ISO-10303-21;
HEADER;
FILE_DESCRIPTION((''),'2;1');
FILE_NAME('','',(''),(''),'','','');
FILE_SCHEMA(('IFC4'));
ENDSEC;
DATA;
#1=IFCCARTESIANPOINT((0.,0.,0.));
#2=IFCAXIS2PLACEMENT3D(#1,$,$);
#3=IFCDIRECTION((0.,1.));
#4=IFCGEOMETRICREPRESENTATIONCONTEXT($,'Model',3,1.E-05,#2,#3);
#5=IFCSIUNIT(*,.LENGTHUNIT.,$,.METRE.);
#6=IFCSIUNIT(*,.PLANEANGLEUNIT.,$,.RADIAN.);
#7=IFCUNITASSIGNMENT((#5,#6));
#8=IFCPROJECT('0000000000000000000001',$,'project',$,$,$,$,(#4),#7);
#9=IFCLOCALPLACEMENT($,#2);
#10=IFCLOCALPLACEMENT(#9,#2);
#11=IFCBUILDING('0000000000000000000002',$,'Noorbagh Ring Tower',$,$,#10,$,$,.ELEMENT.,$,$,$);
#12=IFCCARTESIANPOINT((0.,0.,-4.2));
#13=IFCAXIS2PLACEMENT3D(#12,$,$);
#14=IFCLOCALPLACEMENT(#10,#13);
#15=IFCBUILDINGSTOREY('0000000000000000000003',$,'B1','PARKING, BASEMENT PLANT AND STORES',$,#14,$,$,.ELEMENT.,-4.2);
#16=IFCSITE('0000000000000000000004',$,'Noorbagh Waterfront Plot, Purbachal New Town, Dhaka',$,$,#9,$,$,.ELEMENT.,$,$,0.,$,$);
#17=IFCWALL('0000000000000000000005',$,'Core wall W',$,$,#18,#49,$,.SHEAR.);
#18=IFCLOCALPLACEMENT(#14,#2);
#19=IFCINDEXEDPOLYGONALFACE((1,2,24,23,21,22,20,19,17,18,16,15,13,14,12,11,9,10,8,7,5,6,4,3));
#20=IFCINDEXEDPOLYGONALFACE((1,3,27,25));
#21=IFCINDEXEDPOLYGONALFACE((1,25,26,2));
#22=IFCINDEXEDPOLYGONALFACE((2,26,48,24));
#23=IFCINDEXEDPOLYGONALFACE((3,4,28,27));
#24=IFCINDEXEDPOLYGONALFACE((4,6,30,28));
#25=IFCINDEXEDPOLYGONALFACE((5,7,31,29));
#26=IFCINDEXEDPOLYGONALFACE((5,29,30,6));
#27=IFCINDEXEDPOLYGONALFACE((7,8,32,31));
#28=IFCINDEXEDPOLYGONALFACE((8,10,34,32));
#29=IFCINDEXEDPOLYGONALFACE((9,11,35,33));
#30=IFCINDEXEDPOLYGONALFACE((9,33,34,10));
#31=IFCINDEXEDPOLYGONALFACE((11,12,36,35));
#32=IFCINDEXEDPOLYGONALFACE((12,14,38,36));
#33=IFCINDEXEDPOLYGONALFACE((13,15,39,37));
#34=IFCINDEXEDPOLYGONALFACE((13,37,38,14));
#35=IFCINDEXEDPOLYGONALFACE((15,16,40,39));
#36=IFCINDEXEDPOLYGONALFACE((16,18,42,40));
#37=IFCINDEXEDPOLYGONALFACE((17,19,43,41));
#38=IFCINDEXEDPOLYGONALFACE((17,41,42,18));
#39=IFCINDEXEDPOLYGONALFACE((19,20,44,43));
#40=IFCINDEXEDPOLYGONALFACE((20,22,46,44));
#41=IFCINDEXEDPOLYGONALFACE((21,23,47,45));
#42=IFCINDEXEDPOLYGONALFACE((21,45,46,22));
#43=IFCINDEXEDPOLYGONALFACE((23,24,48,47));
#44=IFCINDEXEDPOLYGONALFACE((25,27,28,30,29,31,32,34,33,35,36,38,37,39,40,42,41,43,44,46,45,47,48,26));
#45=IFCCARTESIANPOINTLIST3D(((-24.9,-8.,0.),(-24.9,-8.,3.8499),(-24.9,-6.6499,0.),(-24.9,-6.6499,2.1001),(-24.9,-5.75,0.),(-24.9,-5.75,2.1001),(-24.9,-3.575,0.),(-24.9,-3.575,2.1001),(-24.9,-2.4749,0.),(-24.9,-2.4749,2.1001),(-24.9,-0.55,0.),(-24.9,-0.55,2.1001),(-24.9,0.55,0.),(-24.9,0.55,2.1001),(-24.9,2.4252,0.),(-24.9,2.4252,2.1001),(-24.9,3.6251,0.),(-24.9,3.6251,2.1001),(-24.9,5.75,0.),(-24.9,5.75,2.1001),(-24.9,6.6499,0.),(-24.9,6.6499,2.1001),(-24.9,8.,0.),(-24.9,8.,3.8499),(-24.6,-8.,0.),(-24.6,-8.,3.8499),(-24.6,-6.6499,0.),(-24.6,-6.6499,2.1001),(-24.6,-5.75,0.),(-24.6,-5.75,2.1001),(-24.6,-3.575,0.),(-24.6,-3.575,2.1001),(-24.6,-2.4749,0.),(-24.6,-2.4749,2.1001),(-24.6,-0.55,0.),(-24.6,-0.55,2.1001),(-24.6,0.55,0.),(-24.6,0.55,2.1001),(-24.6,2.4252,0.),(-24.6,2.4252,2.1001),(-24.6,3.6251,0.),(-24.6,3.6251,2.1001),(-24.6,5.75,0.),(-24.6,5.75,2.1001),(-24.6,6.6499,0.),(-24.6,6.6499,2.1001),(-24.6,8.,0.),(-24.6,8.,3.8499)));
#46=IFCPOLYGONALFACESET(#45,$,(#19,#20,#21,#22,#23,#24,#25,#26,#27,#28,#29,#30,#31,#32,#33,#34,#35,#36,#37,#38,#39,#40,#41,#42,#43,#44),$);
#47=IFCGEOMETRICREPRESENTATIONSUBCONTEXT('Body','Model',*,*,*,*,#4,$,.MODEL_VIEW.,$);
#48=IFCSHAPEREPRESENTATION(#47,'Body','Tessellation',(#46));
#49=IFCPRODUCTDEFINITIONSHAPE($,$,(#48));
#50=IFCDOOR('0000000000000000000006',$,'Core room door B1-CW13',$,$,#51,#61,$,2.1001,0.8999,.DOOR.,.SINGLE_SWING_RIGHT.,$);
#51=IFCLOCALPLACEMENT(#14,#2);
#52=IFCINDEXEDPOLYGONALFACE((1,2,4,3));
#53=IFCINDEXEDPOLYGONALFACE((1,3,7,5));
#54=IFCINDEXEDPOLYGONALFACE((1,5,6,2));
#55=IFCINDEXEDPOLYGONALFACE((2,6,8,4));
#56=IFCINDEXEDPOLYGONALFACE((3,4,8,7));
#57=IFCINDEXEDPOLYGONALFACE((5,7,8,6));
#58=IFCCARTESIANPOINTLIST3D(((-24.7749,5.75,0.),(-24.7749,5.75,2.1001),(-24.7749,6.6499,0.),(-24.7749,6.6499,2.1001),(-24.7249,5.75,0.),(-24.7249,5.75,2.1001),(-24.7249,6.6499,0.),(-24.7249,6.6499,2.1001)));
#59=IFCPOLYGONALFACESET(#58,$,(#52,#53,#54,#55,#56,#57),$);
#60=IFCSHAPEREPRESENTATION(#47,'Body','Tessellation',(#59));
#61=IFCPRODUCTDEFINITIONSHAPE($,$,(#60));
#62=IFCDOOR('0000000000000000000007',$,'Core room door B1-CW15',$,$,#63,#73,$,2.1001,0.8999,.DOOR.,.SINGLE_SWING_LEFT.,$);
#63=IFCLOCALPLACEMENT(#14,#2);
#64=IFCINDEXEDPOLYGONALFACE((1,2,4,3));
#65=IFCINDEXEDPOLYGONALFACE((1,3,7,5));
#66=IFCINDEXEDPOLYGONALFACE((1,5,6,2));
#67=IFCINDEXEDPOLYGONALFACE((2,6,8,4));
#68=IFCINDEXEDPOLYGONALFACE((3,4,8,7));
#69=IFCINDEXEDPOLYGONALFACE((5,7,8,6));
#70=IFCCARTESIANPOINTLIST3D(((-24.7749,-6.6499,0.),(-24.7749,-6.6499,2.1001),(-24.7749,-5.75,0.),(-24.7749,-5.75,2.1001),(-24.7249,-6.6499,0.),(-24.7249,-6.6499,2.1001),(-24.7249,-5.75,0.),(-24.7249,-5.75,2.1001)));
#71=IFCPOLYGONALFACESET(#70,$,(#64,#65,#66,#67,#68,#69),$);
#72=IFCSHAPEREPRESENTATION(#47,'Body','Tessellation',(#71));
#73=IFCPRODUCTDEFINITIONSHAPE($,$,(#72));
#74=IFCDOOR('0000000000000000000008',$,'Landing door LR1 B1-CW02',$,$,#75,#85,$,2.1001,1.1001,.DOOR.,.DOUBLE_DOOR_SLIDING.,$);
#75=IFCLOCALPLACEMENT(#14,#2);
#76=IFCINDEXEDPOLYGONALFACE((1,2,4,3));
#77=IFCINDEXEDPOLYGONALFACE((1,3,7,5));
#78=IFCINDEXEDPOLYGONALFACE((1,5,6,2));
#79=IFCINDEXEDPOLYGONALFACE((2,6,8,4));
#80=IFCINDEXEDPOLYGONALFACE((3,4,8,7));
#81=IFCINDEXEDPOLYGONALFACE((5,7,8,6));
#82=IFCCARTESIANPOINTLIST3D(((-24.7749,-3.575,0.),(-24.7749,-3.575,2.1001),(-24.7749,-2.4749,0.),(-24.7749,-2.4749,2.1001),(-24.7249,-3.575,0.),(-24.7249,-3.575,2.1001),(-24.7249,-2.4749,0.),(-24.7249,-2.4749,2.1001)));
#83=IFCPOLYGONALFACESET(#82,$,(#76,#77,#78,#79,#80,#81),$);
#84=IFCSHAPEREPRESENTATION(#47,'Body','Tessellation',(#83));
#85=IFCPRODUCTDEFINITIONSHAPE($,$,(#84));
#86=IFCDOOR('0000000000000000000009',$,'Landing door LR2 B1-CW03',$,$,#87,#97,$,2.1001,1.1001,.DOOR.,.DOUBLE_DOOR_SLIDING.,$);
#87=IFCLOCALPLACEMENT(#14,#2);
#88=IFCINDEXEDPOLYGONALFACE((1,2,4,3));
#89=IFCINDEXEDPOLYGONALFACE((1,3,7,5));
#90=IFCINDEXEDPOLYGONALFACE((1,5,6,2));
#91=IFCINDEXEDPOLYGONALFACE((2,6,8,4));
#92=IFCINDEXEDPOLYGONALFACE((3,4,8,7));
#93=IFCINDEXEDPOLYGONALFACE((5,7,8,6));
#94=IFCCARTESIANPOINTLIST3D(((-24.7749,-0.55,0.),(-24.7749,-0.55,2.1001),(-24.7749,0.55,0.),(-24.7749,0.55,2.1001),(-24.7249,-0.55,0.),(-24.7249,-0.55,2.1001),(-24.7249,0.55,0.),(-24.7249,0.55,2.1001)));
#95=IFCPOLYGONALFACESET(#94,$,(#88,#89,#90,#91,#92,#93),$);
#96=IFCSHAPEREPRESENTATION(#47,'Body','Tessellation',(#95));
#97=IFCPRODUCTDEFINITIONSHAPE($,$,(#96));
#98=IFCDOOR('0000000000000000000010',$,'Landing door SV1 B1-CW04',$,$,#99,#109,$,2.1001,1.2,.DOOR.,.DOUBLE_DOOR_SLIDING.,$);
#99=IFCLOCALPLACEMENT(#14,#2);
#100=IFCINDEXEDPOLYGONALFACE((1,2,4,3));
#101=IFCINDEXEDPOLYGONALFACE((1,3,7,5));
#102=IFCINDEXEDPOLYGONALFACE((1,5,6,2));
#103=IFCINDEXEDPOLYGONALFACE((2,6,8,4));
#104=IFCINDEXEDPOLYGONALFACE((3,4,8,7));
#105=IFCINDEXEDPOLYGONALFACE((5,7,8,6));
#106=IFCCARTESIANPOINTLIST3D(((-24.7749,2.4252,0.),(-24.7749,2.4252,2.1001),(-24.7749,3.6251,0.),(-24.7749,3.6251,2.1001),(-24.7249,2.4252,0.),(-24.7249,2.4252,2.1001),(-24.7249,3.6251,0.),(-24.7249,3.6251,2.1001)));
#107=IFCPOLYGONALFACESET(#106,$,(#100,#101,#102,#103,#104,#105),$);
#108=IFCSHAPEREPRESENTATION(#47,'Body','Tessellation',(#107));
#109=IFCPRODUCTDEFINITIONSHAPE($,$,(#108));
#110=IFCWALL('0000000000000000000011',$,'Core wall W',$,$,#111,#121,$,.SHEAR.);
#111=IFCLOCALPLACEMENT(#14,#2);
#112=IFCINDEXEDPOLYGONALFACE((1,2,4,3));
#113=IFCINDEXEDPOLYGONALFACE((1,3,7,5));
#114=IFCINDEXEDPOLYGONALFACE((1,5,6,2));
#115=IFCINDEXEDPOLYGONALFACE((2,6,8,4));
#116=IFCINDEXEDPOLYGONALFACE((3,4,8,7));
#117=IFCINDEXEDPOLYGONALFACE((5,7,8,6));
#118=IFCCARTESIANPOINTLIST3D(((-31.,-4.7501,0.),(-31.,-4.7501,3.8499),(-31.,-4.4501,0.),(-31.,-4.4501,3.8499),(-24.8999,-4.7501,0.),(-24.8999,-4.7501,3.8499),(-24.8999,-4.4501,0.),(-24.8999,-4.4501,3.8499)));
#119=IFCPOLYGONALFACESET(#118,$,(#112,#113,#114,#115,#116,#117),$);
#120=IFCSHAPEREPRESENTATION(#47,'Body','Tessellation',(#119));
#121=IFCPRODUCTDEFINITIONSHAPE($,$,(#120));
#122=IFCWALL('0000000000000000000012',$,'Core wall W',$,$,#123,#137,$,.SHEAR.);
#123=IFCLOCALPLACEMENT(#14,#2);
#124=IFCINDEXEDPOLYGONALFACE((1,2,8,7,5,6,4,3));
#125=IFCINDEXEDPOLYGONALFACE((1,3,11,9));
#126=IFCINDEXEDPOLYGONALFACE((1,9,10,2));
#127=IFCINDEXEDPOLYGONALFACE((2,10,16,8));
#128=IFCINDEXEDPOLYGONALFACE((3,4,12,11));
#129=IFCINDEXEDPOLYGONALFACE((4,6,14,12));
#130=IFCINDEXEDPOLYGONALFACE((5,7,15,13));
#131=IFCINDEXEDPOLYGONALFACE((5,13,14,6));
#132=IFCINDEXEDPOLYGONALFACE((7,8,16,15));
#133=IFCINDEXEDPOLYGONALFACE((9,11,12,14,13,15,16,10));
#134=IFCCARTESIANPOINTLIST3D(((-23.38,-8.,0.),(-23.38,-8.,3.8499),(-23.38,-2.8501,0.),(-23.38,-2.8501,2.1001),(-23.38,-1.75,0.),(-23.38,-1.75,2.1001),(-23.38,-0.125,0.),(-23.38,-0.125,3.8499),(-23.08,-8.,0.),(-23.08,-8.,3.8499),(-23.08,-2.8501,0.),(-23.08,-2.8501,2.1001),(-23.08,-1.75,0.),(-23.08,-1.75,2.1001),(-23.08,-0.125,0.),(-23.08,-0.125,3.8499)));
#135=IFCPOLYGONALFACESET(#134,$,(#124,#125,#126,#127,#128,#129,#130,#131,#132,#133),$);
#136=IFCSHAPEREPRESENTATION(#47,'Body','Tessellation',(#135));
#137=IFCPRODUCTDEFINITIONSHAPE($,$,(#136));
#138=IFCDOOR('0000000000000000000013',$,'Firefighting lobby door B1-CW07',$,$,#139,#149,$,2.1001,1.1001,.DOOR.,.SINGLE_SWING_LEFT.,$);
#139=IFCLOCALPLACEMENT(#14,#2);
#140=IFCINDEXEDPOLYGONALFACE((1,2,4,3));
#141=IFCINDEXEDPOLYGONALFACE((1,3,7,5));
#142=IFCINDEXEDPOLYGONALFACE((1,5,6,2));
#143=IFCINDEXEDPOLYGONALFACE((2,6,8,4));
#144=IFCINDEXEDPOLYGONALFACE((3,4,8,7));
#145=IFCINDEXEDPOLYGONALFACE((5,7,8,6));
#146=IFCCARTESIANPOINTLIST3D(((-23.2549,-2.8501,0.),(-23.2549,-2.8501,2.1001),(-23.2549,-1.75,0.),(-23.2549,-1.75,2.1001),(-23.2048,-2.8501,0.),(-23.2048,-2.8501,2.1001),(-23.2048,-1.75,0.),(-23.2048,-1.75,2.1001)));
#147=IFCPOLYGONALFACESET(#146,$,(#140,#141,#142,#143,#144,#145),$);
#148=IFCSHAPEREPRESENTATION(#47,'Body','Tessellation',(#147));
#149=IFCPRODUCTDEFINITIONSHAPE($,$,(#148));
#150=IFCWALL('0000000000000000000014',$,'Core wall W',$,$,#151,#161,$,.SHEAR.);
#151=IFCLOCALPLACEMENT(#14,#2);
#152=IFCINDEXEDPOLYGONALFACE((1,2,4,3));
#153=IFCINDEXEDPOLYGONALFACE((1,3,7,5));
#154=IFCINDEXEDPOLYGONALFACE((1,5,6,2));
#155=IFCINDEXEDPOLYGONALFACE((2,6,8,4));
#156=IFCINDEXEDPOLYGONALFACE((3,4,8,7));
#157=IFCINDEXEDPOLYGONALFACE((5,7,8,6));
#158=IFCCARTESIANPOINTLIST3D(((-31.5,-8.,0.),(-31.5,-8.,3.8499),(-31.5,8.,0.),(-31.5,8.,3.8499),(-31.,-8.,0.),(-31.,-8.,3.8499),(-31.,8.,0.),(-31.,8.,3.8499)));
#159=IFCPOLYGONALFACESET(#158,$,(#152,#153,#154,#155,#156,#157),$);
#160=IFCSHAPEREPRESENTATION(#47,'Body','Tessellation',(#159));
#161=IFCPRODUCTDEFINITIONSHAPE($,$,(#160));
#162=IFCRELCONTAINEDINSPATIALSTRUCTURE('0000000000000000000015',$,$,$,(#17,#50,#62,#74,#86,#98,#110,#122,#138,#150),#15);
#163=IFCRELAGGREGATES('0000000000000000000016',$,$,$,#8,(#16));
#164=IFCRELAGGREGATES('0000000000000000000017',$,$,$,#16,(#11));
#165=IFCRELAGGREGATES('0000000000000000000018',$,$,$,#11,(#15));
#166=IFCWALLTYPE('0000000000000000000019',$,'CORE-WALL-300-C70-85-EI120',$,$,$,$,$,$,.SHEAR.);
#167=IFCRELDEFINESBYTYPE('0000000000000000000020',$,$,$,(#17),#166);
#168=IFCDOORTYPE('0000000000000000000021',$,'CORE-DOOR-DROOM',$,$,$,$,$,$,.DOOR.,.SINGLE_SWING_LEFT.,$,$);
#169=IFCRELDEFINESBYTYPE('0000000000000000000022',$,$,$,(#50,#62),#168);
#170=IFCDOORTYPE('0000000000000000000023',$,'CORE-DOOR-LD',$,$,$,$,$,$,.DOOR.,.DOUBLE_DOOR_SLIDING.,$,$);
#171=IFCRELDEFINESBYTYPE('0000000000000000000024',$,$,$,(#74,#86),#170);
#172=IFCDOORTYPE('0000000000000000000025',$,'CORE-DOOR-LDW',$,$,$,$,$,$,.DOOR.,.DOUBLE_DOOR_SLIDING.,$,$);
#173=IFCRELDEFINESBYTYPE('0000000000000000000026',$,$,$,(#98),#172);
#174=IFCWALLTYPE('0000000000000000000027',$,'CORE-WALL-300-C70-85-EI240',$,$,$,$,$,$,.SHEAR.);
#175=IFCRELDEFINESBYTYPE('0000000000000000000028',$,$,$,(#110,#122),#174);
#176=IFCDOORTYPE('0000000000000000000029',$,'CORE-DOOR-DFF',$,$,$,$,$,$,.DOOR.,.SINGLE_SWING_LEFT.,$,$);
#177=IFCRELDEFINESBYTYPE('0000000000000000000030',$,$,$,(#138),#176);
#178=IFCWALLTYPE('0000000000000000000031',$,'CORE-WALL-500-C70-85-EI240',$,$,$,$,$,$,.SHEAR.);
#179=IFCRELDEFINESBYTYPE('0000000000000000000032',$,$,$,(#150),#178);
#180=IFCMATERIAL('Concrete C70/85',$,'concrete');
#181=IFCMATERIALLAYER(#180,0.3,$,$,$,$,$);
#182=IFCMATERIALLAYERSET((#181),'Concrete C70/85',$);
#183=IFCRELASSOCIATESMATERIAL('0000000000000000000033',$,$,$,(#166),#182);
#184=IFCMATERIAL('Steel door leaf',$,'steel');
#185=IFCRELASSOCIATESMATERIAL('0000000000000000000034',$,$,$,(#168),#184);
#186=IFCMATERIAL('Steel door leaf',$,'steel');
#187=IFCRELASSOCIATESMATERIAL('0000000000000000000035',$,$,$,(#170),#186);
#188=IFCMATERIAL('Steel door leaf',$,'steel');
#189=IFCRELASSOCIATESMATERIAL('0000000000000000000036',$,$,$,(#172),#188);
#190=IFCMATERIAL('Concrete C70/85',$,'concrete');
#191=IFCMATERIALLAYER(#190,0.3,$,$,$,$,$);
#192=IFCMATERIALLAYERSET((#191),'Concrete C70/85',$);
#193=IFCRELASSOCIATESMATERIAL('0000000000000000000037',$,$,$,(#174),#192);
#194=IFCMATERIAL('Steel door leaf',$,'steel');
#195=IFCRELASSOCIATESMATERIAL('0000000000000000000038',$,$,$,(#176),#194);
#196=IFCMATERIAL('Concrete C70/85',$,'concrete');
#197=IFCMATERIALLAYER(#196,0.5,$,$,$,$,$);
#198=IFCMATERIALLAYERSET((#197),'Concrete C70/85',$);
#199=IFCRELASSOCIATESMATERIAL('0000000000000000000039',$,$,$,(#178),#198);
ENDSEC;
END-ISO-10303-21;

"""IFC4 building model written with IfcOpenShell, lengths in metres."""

from ifc_helpers import new_model, si_unit, direction, frame, frame_2d, origin, place, context, subcontext, project, spatial, rectangle, extrude, material, layer, layer_set, type_object, element, fill, save


model = new_model("IFC4")

# Units and contexts
model_context = context("Model", 3, precision=1e-05, world=origin(), true_north=direction((0.0, 1.0)))
body_context = subcontext(model_context, "Body", "Model", "MODEL_VIEW")
ifc_project = project(units=[si_unit("LENGTHUNIT", "METRE"), si_unit("PLANEANGLEUNIT", "RADIAN")], contexts=[model_context])

# Site, building, storey
site_placement = place(None, origin())
site = spatial("IfcSite", under=ifc_project, at=site_placement, Name="Noorbagh Waterfront Plot, Purbachal New Town, Dhaka", CompositionType="ELEMENT", RefElevation=0.0)
building_placement = place(site_placement, origin())
building = spatial("IfcBuilding", under=site, at=building_placement, Name="Noorbagh Ring Tower", CompositionType="ELEMENT")
storey_placement = place(building_placement, frame((0.0, 0.0, -4.2)))
storey = spatial("IfcBuildingStorey", under=building, at=storey_placement, Name="B1", Description="PARKING, BASEMENT PLANT AND STORES", CompositionType="ELEMENT", Elevation=-4.2)

# Shared definitions
ifc_material_1 = material(Name="Concrete C70/85", Category="concrete")
ifc_layer_1 = layer(ifc_material_1, 0.3)
ifc_layer_set_1 = layer_set([ifc_layer_1], Name="Concrete C70/85")
wall_type_1 = type_object("IfcWallType", Name="CORE-WALL-300-C70-85-EI120", PredefinedType="SHEAR", material=ifc_layer_set_1)

# Wall, openings, doors
wall_1_placement = place(storey_placement, frame((-24.75, -8.0, 0.0), z_axis=(0.0, 0.0, 1.0), x_axis=(0.0, 1.0, 0.0)))
wall_1 = element("IfcWall", 1, at=wall_1_placement, inside=storey, type_object=wall_type_1, Name="Core wall W", PredefinedType="SHEAR", context=body_context, shape_type="SweptSolid", body=[
    extrude(rectangle(XDim=16.0, YDim=0.3, at=frame_2d((8.0, 0.0))), origin(), (0.0, 0.0, 1.0), 3.8499),
])
opening_1_placement = place(wall_1_placement, frame((4.425, 0.0, 0.0)))
opening_1 = element("IfcOpeningElement", 2, at=opening_1_placement, cuts=wall_1, PredefinedType="OPENING", context=body_context, shape_type="SweptSolid", body=[
    extrude(rectangle(XDim=1.1001, YDim=2.1001, at=frame_2d((0.55, 1.05))), frame((0.0, 0.1602, 0.0), z_axis=(0.0, -1.0, 0.0), x_axis=(1.0, 0.0, 0.0)), (0.0, 0.0, 1.0), 0.3201),
])
opening_2_placement = place(wall_1_placement, frame((7.45, 0.0, 0.0)))
opening_2 = element("IfcOpeningElement", 3, at=opening_2_placement, cuts=wall_1, PredefinedType="OPENING", context=body_context, shape_type="SweptSolid", body=[
    extrude(rectangle(XDim=1.1001, YDim=2.1001, at=frame_2d((0.55, 1.05))), frame((0.0, 0.1602, 0.0), z_axis=(0.0, -1.0, 0.0), x_axis=(1.0, 0.0, 0.0)), (0.0, 0.0, 1.0), 0.3201),
])
opening_3_placement = place(wall_1_placement, frame((10.425, 0.0, 0.0)))
opening_3 = element("IfcOpeningElement", 4, at=opening_3_placement, cuts=wall_1, PredefinedType="OPENING", context=body_context, shape_type="SweptSolid", body=[
    extrude(rectangle(XDim=1.2, YDim=2.1001, at=frame_2d((0.6001, 1.05))), frame((0.0, 0.1602, 0.0), z_axis=(0.0, -1.0, 0.0), x_axis=(1.0, 0.0, 0.0)), (0.0, 0.0, 1.0), 0.3201),
])
opening_4_placement = place(wall_1_placement, frame((13.75, 0.0, 0.0)))
opening_4 = element("IfcOpeningElement", 5, at=opening_4_placement, cuts=wall_1, PredefinedType="OPENING", context=body_context, shape_type="SweptSolid", body=[
    extrude(rectangle(XDim=0.8999, YDim=2.1001, at=frame_2d((0.45, 1.05))), frame((0.0, 0.1602, 0.0), z_axis=(0.0, -1.0, 0.0), x_axis=(1.0, 0.0, 0.0)), (0.0, 0.0, 1.0), 0.3201),
])
opening_5_placement = place(wall_1_placement, frame((1.3501, 0.0, 0.0)))
opening_5 = element("IfcOpeningElement", 6, at=opening_5_placement, cuts=wall_1, PredefinedType="OPENING", context=body_context, shape_type="SweptSolid", body=[
    extrude(rectangle(XDim=0.8999, YDim=2.1001, at=frame_2d((0.45, 1.05))), frame((0.0, 0.1602, 0.0), z_axis=(0.0, -1.0, 0.0), x_axis=(1.0, 0.0, 0.0)), (0.0, 0.0, 1.0), 0.3201),
])
ifc_material_2 = material(Name="Steel door leaf", Category="steel")
door_type_1 = type_object("IfcDoorType", Name="CORE-DOOR-DROOM", OperationType="SINGLE_SWING_LEFT", PredefinedType="DOOR", material=ifc_material_2)
door_1_placement = place(opening_4_placement, origin())
door_1 = element("IfcDoor", 7, at=door_1_placement, inside=storey, type_object=door_type_1, Name="Core room door B1-CW13", OperationType="SINGLE_SWING_RIGHT", OverallHeight=2.1001, OverallWidth=0.8999, PredefinedType="DOOR", context=body_context, shape_type="SweptSolid", body=[
    extrude(rectangle(XDim=0.8999, YDim=2.1001, at=frame_2d((0.45, 1.05))), frame((0.0, 0.0249, 0.0), z_axis=(0.0, -1.0, 0.0), x_axis=(1.0, 0.0, 0.0)), (0.0, 0.0, 1.0), 0.05),
])
fill(opening_4, door_1)
door_2_placement = place(opening_5_placement, origin())
door_2 = element("IfcDoor", 8, at=door_2_placement, inside=storey, type_object=door_type_1, Name="Core room door B1-CW15", OperationType="SINGLE_SWING_LEFT", OverallHeight=2.1001, OverallWidth=0.8999, PredefinedType="DOOR", context=body_context, shape_type="SweptSolid", body=[
    extrude(rectangle(XDim=0.8999, YDim=2.1001, at=frame_2d((0.45, 1.05))), frame((0.0, 0.0249, 0.0), z_axis=(0.0, -1.0, 0.0), x_axis=(1.0, 0.0, 0.0)), (0.0, 0.0, 1.0), 0.05),
])
fill(opening_5, door_2)
ifc_material_3 = material(Name="Steel door leaf", Category="steel")
door_type_2 = type_object("IfcDoorType", Name="CORE-DOOR-LD", OperationType="DOUBLE_DOOR_SLIDING", PredefinedType="DOOR", material=ifc_material_3)
door_3_placement = place(opening_1_placement, origin())
door_3 = element("IfcDoor", 9, at=door_3_placement, inside=storey, type_object=door_type_2, Name="Landing door LR1 B1-CW02", OperationType="DOUBLE_DOOR_SLIDING", OverallHeight=2.1001, OverallWidth=1.1001, PredefinedType="DOOR", context=body_context, shape_type="SweptSolid", body=[
    extrude(rectangle(XDim=1.1001, YDim=2.1001, at=frame_2d((0.55, 1.05))), frame((0.0, 0.0249, 0.0), z_axis=(0.0, -1.0, 0.0), x_axis=(1.0, 0.0, 0.0)), (0.0, 0.0, 1.0), 0.05),
])
fill(opening_1, door_3)
door_4_placement = place(opening_2_placement, origin())
door_4 = element("IfcDoor", 10, at=door_4_placement, inside=storey, type_object=door_type_2, Name="Landing door LR2 B1-CW03", OperationType="DOUBLE_DOOR_SLIDING", OverallHeight=2.1001, OverallWidth=1.1001, PredefinedType="DOOR", context=body_context, shape_type="SweptSolid", body=[
    extrude(rectangle(XDim=1.1001, YDim=2.1001, at=frame_2d((0.55, 1.05))), frame((0.0, 0.0249, 0.0), z_axis=(0.0, -1.0, 0.0), x_axis=(1.0, 0.0, 0.0)), (0.0, 0.0, 1.0), 0.05),
])
fill(opening_2, door_4)
ifc_material_4 = material(Name="Steel door leaf", Category="steel")
door_type_3 = type_object("IfcDoorType", Name="CORE-DOOR-LDW", OperationType="DOUBLE_DOOR_SLIDING", PredefinedType="DOOR", material=ifc_material_4)
door_5_placement = place(opening_3_placement, origin())
door_5 = element("IfcDoor", 11, at=door_5_placement, inside=storey, type_object=door_type_3, Name="Landing door SV1 B1-CW04", OperationType="DOUBLE_DOOR_SLIDING", OverallHeight=2.1001, OverallWidth=1.2, PredefinedType="DOOR", context=body_context, shape_type="SweptSolid", body=[
    extrude(rectangle(XDim=1.2, YDim=2.1001, at=frame_2d((0.6001, 1.05))), frame((0.0, 0.0249, 0.0), z_axis=(0.0, -1.0, 0.0), x_axis=(1.0, 0.0, 0.0)), (0.0, 0.0, 1.0), 0.05),
])
fill(opening_3, door_5)

# Wall
ifc_material_5 = material(Name="Concrete C70/85", Category="concrete")
ifc_layer_2 = layer(ifc_material_5, 0.3)
ifc_layer_set_2 = layer_set([ifc_layer_2], Name="Concrete C70/85")
wall_type_2 = type_object("IfcWallType", Name="CORE-WALL-300-C70-85-EI240", PredefinedType="SHEAR", material=ifc_layer_set_2)
wall_2_placement = place(storey_placement, frame((-24.8999, -4.6001, 0.0), z_axis=(0.0, 0.0, 1.0), x_axis=(-1.0, 0.0, 0.0)))
element("IfcWall", 12, at=wall_2_placement, inside=storey, type_object=wall_type_2, Name="Core wall W", PredefinedType="SHEAR", context=body_context, shape_type="SweptSolid", body=[
    extrude(rectangle(XDim=6.1001, YDim=0.3, at=frame_2d((3.05, 0.0))), origin(), (0.0, 0.0, 1.0), 3.8499),
])

# Wall, opening, door
wall_3_placement = place(storey_placement, frame((-23.23, -8.0, 0.0), z_axis=(0.0, 0.0, 1.0), x_axis=(0.0, 1.0, 0.0)))
wall_3 = element("IfcWall", 13, at=wall_3_placement, inside=storey, type_object=wall_type_2, Name="Core wall W", PredefinedType="SHEAR", context=body_context, shape_type="SweptSolid", body=[
    extrude(rectangle(XDim=7.875, YDim=0.3, at=frame_2d((3.9375, 0.0))), origin(), (0.0, 0.0, 1.0), 3.8499),
])
opening_6_placement = place(wall_3_placement, frame((5.1499, 0.0, 0.0)))
opening_6 = element("IfcOpeningElement", 14, at=opening_6_placement, cuts=wall_3, PredefinedType="OPENING", context=body_context, shape_type="SweptSolid", body=[
    extrude(rectangle(XDim=1.1001, YDim=2.1001, at=frame_2d((0.55, 1.05))), frame((0.0, 0.1602, 0.0), z_axis=(0.0, -1.0, 0.0), x_axis=(1.0, 0.0, 0.0)), (0.0, 0.0, 1.0), 0.3201),
])
ifc_material_6 = material(Name="Steel door leaf", Category="steel")
door_type_4 = type_object("IfcDoorType", Name="CORE-DOOR-DFF", OperationType="SINGLE_SWING_LEFT", PredefinedType="DOOR", material=ifc_material_6)
door_6_placement = place(opening_6_placement, origin())
door_6 = element("IfcDoor", 15, at=door_6_placement, inside=storey, type_object=door_type_4, Name="Firefighting lobby door B1-CW07", OperationType="SINGLE_SWING_LEFT", OverallHeight=2.1001, OverallWidth=1.1001, PredefinedType="DOOR", context=body_context, shape_type="SweptSolid", body=[
    extrude(rectangle(XDim=1.1001, YDim=2.1001, at=frame_2d((0.55, 1.05))), frame((0.0, 0.0249, 0.0), z_axis=(0.0, -1.0, 0.0), x_axis=(1.0, 0.0, 0.0)), (0.0, 0.0, 1.0), 0.05),
])
fill(opening_6, door_6)

# Wall
ifc_material_7 = material(Name="Concrete C70/85", Category="concrete")
ifc_layer_3 = layer(ifc_material_7, 0.5)
ifc_layer_set_3 = layer_set([ifc_layer_3], Name="Concrete C70/85")
wall_type_3 = type_object("IfcWallType", Name="CORE-WALL-500-C70-85-EI240", PredefinedType="SHEAR", material=ifc_layer_set_3)
wall_4_placement = place(storey_placement, frame((-31.25, -8.0, 0.0), z_axis=(0.0, 0.0, 1.0), x_axis=(0.0, 1.0, 0.0)))
element("IfcWall", 16, at=wall_4_placement, inside=storey, type_object=wall_type_3, Name="Core wall W", PredefinedType="SHEAR", context=body_context, shape_type="SweptSolid", body=[
    extrude(rectangle(XDim=16.0, YDim=0.5, at=frame_2d((8.0, 0.0))), origin(), (0.0, 0.0, 1.0), 3.8499),
])

save(model, "model.ifc")
